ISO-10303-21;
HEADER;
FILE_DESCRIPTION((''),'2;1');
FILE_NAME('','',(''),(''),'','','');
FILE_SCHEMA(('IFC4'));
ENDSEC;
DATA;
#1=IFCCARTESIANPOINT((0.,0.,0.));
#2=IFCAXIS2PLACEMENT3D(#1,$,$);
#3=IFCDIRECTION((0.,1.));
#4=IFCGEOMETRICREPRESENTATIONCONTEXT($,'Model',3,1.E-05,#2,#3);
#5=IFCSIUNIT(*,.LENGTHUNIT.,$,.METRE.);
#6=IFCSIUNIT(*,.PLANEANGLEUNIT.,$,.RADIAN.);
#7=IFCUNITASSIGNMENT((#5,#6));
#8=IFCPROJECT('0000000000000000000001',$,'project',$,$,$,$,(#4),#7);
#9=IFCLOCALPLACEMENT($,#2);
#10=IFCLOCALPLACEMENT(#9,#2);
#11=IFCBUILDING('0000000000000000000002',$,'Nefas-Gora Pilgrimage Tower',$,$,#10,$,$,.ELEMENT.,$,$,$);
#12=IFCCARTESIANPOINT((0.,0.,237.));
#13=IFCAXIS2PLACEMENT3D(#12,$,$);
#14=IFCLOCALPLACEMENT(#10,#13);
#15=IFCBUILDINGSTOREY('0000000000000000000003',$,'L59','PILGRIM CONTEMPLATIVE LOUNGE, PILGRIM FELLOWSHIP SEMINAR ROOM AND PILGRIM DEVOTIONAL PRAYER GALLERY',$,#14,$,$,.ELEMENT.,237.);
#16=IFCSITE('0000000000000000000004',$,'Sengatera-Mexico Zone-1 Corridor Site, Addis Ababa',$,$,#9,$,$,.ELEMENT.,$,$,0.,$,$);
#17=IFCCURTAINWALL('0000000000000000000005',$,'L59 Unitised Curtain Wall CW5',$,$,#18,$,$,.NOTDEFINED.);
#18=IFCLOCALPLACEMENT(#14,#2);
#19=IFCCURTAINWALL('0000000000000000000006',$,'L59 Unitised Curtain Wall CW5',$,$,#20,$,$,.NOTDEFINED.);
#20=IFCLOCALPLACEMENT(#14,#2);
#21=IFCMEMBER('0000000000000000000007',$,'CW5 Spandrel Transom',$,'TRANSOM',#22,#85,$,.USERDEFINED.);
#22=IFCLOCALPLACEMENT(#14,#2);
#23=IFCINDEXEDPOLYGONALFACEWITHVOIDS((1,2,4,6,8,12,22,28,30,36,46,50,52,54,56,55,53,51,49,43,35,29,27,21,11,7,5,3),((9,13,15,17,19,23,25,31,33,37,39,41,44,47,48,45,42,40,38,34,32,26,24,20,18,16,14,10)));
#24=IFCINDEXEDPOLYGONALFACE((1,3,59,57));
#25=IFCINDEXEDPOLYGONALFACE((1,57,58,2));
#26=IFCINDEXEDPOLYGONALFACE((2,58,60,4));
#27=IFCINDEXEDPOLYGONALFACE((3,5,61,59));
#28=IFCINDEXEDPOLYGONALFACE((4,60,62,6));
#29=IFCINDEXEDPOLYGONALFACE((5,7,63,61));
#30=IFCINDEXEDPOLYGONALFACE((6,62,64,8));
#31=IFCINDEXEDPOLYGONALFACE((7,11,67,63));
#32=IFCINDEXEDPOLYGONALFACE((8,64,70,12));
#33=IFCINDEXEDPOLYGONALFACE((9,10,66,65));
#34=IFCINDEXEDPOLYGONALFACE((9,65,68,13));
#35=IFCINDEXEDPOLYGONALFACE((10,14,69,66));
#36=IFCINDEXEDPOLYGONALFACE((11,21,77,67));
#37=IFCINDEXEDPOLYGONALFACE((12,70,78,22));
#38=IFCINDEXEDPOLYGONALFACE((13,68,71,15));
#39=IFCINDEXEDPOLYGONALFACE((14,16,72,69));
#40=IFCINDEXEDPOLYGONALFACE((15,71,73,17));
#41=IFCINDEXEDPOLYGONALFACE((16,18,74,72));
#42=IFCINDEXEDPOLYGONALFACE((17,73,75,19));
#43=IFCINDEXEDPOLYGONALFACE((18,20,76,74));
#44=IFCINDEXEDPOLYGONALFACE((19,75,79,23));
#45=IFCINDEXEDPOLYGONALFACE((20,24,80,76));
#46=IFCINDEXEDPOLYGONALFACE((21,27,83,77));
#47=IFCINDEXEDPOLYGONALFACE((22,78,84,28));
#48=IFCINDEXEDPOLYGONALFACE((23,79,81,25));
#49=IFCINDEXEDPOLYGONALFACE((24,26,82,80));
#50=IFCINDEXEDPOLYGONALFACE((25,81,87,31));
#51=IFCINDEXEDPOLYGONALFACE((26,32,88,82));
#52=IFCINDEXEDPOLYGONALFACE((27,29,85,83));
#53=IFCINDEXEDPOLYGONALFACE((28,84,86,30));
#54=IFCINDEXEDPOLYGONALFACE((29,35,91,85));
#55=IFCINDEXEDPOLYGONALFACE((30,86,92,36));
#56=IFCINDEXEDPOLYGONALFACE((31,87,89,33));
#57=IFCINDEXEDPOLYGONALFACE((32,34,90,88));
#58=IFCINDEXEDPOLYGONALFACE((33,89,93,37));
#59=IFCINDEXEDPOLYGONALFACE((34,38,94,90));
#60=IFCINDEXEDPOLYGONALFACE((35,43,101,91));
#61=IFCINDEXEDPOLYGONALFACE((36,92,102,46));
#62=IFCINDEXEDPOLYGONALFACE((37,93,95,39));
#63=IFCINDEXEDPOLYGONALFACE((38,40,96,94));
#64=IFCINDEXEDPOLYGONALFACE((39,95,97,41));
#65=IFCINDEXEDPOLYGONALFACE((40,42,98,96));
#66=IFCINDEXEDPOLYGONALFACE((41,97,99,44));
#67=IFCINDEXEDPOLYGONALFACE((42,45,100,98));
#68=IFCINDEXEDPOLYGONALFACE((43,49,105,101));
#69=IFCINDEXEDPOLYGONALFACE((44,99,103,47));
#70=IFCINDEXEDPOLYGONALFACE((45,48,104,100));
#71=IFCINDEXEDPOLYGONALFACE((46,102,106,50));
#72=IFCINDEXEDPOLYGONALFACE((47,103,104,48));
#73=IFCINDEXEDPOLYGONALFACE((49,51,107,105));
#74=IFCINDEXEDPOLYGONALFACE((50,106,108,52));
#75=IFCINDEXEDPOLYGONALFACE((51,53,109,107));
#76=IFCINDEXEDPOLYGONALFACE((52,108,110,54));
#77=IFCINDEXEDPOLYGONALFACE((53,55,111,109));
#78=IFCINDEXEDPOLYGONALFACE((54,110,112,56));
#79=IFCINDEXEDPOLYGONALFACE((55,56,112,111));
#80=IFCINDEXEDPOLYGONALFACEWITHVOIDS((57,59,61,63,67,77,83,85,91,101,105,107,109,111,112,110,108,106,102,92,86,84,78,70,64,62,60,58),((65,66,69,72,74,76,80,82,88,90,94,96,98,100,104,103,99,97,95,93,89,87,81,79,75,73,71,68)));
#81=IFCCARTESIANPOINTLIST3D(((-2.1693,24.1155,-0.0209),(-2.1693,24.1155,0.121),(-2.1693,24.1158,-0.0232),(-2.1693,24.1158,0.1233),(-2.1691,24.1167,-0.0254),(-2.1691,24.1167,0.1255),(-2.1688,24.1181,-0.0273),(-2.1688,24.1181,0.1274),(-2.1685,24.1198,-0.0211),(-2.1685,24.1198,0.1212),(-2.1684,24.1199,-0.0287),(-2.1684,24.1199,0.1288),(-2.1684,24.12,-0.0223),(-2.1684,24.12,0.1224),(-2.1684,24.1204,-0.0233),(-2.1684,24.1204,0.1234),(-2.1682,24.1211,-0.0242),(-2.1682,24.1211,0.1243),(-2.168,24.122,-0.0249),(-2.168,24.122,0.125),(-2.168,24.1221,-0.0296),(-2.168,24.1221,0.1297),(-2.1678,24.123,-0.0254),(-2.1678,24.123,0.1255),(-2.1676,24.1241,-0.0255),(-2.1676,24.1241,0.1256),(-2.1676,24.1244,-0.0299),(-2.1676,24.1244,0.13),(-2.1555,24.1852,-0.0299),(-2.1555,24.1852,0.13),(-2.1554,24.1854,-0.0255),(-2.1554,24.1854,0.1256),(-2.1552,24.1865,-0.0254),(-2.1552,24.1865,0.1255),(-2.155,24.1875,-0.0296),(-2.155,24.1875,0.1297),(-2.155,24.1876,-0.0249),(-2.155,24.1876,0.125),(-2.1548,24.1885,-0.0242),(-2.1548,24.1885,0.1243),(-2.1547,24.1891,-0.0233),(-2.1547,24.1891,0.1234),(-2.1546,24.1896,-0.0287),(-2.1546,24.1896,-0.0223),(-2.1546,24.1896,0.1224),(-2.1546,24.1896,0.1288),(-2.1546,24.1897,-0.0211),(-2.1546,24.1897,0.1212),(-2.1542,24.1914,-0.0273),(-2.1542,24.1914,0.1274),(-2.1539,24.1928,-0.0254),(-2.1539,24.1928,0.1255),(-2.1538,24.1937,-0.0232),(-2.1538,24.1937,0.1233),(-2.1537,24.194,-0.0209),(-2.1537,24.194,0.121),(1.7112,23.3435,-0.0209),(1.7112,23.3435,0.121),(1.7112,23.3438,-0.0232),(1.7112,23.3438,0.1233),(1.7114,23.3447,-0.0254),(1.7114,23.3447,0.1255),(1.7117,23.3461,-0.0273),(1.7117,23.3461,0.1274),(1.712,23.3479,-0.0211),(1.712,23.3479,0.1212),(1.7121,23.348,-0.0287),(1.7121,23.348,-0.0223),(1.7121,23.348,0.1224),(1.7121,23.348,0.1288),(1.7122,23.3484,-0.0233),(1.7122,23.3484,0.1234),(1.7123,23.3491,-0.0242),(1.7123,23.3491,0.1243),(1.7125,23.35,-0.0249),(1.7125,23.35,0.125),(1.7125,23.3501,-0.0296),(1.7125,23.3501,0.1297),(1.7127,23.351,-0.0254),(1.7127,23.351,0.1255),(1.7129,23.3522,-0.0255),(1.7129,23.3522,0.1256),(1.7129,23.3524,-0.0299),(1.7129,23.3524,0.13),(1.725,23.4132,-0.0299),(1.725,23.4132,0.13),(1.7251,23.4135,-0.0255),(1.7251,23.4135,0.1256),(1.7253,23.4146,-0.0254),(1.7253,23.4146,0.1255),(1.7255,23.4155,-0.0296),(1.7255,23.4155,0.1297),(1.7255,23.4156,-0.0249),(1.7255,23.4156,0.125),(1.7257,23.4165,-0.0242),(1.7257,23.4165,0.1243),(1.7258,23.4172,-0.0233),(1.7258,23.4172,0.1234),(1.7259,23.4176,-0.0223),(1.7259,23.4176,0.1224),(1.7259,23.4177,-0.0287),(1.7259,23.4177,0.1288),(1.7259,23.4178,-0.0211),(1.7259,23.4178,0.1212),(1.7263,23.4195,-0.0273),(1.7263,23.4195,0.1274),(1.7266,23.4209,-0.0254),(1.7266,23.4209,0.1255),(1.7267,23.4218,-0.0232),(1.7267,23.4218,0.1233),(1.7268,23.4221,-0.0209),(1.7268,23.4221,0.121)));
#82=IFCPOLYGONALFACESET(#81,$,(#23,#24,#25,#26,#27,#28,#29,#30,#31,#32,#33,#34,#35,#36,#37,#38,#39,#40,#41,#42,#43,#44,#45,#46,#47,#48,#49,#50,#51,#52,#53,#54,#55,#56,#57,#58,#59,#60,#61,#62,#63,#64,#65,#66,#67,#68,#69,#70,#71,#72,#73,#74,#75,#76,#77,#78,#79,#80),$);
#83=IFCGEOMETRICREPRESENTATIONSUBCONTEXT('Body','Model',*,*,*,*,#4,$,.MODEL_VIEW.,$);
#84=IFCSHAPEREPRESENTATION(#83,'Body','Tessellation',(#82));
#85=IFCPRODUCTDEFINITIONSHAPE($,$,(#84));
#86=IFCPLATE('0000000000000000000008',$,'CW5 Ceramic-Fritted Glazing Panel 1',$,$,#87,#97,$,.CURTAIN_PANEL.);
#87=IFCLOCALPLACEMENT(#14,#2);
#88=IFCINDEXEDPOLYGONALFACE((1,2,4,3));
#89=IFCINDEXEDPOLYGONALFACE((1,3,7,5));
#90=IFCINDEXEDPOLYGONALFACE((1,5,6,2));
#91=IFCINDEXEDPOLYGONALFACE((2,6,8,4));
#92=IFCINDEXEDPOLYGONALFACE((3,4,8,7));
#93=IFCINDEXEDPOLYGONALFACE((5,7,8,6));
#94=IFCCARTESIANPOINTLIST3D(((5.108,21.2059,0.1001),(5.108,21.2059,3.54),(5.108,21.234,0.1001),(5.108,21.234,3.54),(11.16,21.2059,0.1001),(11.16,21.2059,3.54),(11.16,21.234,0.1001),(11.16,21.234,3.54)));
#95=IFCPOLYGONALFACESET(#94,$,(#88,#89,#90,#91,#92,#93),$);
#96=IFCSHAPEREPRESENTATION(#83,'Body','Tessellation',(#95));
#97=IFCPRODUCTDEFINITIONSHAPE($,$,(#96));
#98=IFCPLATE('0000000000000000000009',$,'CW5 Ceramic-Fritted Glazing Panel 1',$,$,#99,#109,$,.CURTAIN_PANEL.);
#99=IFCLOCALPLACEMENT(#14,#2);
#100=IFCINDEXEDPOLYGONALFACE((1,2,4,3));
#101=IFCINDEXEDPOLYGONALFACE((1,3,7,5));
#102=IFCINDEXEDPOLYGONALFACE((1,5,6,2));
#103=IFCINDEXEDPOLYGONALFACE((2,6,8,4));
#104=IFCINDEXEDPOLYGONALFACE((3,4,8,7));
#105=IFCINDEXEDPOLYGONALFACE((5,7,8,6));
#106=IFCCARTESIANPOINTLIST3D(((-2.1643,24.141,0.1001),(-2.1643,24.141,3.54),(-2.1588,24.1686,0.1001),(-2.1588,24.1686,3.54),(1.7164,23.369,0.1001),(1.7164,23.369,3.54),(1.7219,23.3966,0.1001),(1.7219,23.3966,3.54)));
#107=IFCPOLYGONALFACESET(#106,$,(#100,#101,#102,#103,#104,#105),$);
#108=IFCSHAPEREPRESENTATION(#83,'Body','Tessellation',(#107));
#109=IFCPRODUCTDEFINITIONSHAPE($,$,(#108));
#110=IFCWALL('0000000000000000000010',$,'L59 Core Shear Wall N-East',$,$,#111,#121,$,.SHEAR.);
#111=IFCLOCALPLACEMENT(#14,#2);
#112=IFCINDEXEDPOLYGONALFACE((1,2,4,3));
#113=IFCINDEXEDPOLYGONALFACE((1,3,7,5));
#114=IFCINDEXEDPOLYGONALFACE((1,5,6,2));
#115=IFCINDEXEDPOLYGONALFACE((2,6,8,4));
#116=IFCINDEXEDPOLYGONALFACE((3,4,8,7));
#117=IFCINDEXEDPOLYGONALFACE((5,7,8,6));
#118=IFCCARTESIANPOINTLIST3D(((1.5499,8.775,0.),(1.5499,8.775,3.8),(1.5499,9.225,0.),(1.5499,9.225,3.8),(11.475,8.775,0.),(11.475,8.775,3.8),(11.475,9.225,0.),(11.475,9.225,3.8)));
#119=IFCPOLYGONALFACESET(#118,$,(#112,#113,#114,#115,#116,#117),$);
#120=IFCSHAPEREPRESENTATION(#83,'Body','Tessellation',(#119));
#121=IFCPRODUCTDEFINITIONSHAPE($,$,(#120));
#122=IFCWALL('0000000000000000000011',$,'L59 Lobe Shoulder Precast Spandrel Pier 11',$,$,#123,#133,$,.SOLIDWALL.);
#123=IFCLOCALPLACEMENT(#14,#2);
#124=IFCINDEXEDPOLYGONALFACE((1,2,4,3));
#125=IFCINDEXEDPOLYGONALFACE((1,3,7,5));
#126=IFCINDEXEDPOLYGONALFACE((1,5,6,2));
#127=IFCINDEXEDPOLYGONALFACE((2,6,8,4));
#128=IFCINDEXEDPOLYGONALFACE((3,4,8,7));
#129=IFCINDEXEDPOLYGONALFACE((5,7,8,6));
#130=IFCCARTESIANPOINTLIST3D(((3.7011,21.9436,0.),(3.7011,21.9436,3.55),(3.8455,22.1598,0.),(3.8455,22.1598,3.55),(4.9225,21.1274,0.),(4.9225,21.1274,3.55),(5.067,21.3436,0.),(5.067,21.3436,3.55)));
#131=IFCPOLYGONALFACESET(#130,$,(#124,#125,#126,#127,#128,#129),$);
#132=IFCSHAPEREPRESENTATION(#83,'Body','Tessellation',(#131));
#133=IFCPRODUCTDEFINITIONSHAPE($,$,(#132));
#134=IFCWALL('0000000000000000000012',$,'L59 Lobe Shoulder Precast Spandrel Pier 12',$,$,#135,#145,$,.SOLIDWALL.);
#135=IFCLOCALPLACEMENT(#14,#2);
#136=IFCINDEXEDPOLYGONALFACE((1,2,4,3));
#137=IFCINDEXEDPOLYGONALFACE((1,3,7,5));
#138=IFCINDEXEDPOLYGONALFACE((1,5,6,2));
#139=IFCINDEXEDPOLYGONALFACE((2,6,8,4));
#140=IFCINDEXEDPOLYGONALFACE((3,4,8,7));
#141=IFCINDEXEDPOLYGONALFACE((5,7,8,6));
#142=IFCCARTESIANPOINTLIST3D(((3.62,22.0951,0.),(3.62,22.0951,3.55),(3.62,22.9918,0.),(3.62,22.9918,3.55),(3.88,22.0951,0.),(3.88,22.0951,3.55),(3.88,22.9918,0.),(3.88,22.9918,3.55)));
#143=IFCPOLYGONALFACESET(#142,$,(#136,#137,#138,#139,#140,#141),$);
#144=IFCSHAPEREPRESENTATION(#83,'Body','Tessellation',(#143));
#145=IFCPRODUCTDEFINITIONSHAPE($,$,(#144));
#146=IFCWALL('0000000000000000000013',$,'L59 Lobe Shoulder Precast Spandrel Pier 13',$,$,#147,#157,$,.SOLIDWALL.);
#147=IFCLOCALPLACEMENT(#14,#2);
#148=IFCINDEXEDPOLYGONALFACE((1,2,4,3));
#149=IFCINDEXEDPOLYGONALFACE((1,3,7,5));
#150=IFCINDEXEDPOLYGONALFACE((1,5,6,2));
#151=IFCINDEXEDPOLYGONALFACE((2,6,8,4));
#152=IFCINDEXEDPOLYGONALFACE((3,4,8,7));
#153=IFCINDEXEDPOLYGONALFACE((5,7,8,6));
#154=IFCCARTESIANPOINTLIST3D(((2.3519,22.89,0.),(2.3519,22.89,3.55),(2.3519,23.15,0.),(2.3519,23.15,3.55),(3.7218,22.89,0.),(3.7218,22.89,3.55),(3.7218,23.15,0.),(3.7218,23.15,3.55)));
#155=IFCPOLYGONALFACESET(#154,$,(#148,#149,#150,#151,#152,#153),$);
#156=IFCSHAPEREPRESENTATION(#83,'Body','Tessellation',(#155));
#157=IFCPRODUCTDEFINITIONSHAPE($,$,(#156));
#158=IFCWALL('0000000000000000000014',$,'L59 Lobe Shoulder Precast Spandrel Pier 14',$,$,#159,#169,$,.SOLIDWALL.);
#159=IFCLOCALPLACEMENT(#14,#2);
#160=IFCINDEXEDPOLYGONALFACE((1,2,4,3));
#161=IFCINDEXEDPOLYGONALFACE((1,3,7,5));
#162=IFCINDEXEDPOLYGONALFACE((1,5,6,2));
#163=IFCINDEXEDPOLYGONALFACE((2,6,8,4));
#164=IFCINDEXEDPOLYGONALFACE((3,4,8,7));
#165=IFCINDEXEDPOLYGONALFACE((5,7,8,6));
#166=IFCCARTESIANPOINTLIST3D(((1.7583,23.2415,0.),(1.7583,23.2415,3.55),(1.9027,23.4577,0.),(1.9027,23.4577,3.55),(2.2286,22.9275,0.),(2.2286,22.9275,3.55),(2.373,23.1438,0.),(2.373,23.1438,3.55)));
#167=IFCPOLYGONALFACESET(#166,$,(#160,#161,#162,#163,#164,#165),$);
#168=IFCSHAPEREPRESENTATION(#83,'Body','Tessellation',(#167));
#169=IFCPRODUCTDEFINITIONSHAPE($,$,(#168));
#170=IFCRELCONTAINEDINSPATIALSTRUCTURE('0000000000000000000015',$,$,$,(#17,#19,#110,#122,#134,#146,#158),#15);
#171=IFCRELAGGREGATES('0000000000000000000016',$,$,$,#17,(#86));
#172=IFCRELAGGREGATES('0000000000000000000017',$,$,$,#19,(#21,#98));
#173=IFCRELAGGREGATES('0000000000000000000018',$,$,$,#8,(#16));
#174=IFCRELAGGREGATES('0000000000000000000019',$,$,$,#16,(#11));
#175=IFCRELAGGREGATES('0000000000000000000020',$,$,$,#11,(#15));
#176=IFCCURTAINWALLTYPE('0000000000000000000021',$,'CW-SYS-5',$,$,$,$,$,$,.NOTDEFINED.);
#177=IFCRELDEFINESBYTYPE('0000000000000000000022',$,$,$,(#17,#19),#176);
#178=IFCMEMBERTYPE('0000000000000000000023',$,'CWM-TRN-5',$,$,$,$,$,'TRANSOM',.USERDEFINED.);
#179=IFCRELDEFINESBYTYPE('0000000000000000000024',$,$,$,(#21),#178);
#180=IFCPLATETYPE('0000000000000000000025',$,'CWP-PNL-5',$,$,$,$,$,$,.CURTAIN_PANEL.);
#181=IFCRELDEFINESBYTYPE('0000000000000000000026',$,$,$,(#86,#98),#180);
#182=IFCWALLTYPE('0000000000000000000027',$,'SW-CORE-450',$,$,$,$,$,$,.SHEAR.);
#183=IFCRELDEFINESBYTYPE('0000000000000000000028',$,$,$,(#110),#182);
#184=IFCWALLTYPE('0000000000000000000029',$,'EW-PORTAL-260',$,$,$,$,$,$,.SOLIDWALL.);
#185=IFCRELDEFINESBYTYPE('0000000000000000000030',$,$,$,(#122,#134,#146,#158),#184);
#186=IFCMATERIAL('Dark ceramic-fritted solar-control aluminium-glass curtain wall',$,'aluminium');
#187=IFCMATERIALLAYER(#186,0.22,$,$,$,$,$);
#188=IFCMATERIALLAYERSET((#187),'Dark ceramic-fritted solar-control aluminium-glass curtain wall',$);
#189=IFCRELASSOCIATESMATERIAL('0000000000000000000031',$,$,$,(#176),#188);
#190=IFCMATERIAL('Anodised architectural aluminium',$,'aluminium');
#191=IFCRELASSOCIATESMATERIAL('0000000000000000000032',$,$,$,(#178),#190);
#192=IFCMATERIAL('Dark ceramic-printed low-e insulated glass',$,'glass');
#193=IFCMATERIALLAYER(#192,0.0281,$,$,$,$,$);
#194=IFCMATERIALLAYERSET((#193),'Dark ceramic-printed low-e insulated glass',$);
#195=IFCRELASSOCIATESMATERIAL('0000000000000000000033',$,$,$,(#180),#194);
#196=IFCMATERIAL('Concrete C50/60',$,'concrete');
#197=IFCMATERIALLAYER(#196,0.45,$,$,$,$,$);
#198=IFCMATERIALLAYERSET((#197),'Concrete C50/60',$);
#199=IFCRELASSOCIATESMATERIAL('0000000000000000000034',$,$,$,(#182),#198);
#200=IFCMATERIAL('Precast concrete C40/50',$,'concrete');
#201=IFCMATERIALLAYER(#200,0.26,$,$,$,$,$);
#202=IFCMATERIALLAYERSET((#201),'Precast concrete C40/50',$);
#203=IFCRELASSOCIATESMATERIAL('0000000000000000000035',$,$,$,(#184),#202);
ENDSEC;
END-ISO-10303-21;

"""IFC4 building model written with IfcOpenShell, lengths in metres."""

from ifc_helpers import new_model, si_unit, direction, frame, frame_2d, origin, origin_2d, place, context, subcontext, project, spatial, rectangle, hollow_rectangle, extrude, source, transform, mapped, material, layer, layer_set, material_profile, profile_set, type_object, element, aggregate, save


model = new_model("IFC4")

# Units and contexts
model_context = context("Model", 3, precision=1e-05, world=origin(), true_north=direction((0.0, 1.0)))
body_context = subcontext(model_context, "Body", "Model", "MODEL_VIEW")
ifc_project = project(units=[si_unit("LENGTHUNIT", "METRE"), si_unit("PLANEANGLEUNIT", "RADIAN")], contexts=[model_context])

# Site, building, storey
site_placement = place(None, origin())
site = spatial("IfcSite", under=ifc_project, at=site_placement, Name="Sengatera-Mexico Zone-1 Corridor Site, Addis Ababa", CompositionType="ELEMENT", RefElevation=0.0)
building_placement = place(site_placement, origin())
building = spatial("IfcBuilding", under=site, at=building_placement, Name="Nefas-Gora Pilgrimage Tower", CompositionType="ELEMENT")
storey_placement = place(building_placement, frame((0.0, 0.0, 237.0)))
storey = spatial("IfcBuildingStorey", under=building, at=storey_placement, Name="L59", Description="PILGRIM CONTEMPLATIVE LOUNGE, PILGRIM FELLOWSHIP SEMINAR ROOM AND PILGRIM DEVOTIONAL PRAYER GALLERY", CompositionType="ELEMENT", Elevation=237.0)

# Curtain wall
ifc_material_1 = material(Name="Dark ceramic-fritted solar-control aluminium-glass curtain wall", Category="aluminium")
ifc_layer_1 = layer(ifc_material_1, 0.22)
ifc_layer_set_1 = layer_set([ifc_layer_1], Name="Dark ceramic-fritted solar-control aluminium-glass curtain wall")
curtain_wall_type = type_object("IfcCurtainWallType", Name="CW-SYS-5", PredefinedType="NOTDEFINED", material=ifc_layer_set_1)
curtain_wall_1_placement = place(storey_placement, origin())
curtain_wall_1 = element("IfcCurtainWall", 1, at=curtain_wall_1_placement, inside=storey, type_object=curtain_wall_type, Name="L59 Unitised Curtain Wall CW5", PredefinedType="NOTDEFINED")
ifc_material_2 = material(Name="Anodised architectural aluminium", Category="aluminium")

# Curtain wall
curtain_wall_2_placement = place(storey_placement, origin())
curtain_wall_2 = element("IfcCurtainWall", 2, at=curtain_wall_2_placement, inside=storey, type_object=curtain_wall_type, Name="L59 Unitised Curtain Wall CW5", PredefinedType="NOTDEFINED")

# Member
ifc_material_profile_1 = material_profile(ifc_material_2, hollow_rectangle(XDim=0.0801, YDim=0.1599, WallThickness=0.0044, InnerFilletRadius=0.0044, OuterFilletRadius=0.009, at=origin_2d()), Name="ALU TRANSOM 80x160")
ifc_profile_set_1 = profile_set([ifc_material_profile_1], Name="Anodised architectural aluminium")
member_type_1 = type_object("IfcMemberType", Name="CWM-TRN-5", ElementType="TRANSOM", PredefinedType="USERDEFINED", material=ifc_profile_set_1)
shared_shape_1 = source(origin(), body_context, "Body", "SweptSolid", [
    extrude(hollow_rectangle(XDim=0.0801, YDim=0.1599, WallThickness=0.0044, InnerFilletRadius=0.0044, OuterFilletRadius=0.009, at=origin_2d()), origin(), (0.0, 0.0, 1.0), 3.9565),
])
member_1_placement = place(storey_placement, frame((1.719, 23.3828, 0.05), z_axis=(-0.980782, 0.195107, 0.0), x_axis=(-0.195107, -0.980782, 0.0)))
member_1 = element("IfcMember", 3, at=member_1_placement, type_object=member_type_1, Name="CW5 Spandrel Transom", ObjectType="TRANSOM", PredefinedType="USERDEFINED", context=body_context, shape_type="MappedRepresentation", body=[
    mapped(shared_shape_1, transform((0.0, 0.0, 0.0), x_axis=(1.0, 0.0, 0.0), y_axis=(0.0, 1.0, 0.0), z_axis=(0.0, 0.0, 1.0), scale=1.0)),
])

# Plates
ifc_material_3 = material(Name="Dark ceramic-printed low-e insulated glass", Category="glass")
ifc_layer_2 = layer(ifc_material_3, 0.0281)
ifc_layer_set_2 = layer_set([ifc_layer_2], Name="Dark ceramic-printed low-e insulated glass")
plate_type = type_object("IfcPlateType", Name="CWP-PNL-5", PredefinedType="CURTAIN_PANEL", material=ifc_layer_set_2)
shared_shape_2 = source(origin(), body_context, "Body", "SweptSolid", [
    extrude(rectangle(XDim=6.052, YDim=0.0281, at=origin_2d()), origin(), (0.0, 0.0, 1.0), 3.4399),
])
plate_1_placement = place(storey_placement, frame((8.134, 21.22, 0.1001), z_axis=(0.0, 0.0, 1.0), x_axis=(-1.0, 0.0, 0.0)))
plate_1 = element("IfcPlate", 4, at=plate_1_placement, type_object=plate_type, Name="CW5 Ceramic-Fritted Glazing Panel 1", PredefinedType="CURTAIN_PANEL", context=body_context, shape_type="MappedRepresentation", body=[
    mapped(shared_shape_2, transform((0.0, 0.0, 0.0), x_axis=(1.0, 0.0, 0.0), y_axis=(0.0, 1.0, 0.0), z_axis=(0.0, 0.0, 1.0), scale=1.0)),
])
aggregate(curtain_wall_1, [plate_1])
shared_shape_3 = source(origin(), body_context, "Body", "SweptSolid", [
    extrude(rectangle(XDim=3.9568, YDim=0.0281, at=origin_2d()), origin(), (0.0, 0.0, 1.0), 3.4399),
])
plate_2_placement = place(storey_placement, frame((-0.2212, 23.7688, 0.1001), z_axis=(0.0, 0.0, 1.0), x_axis=(-0.980783, 0.195102, 0.0)))
plate_2 = element("IfcPlate", 5, at=plate_2_placement, type_object=plate_type, Name="CW5 Ceramic-Fritted Glazing Panel 1", PredefinedType="CURTAIN_PANEL", context=body_context, shape_type="MappedRepresentation", body=[
    mapped(shared_shape_3, transform((0.0, 0.0, 0.0), x_axis=(1.0, 0.0, 0.0), y_axis=(0.0, 1.0, 0.0), z_axis=(0.0, 0.0, 1.0), scale=1.0)),
])
aggregate(curtain_wall_2, [member_1, plate_2])

# Walls
ifc_material_4 = material(Name="Concrete C50/60", Category="concrete")
ifc_layer_3 = layer(ifc_material_4, 0.45)
ifc_layer_set_3 = layer_set([ifc_layer_3], Name="Concrete C50/60")
wall_type_1 = type_object("IfcWallType", Name="SW-CORE-450", PredefinedType="SHEAR", material=ifc_layer_set_3)
shared_shape_4 = source(origin(), body_context, "Body", "SweptSolid", [
    extrude(rectangle(XDim=9.925, YDim=0.45, at=frame_2d((4.9624, 0.0))), origin(), (0.0, 0.0, 1.0), 3.8),
])
wall_1_placement = place(storey_placement, frame((1.55, 9.0, 0.0), z_axis=(0.0, 0.0, 1.0), x_axis=(1.0, 0.0, 0.0)))
element("IfcWall", 6, at=wall_1_placement, inside=storey, type_object=wall_type_1, Name="L59 Core Shear Wall N-East", PredefinedType="SHEAR", context=body_context, shape_type="MappedRepresentation", body=[
    mapped(shared_shape_4, transform((0.0, 0.0, 0.0), x_axis=(1.0, 0.0, 0.0), y_axis=(0.0, 1.0, 0.0), z_axis=(0.0, 0.0, 1.0), scale=1.0)),
])
ifc_material_5 = material(Name="Precast concrete C40/50", Category="concrete")
ifc_layer_4 = layer(ifc_material_5, 0.26)
ifc_layer_set_4 = layer_set([ifc_layer_4], Name="Precast concrete C40/50")
wall_type_2 = type_object("IfcWallType", Name="EW-PORTAL-260", PredefinedType="SOLIDWALL", material=ifc_layer_set_4)
shared_shape_5 = source(origin(), body_context, "Body", "SweptSolid", [
    extrude(rectangle(XDim=1.469, YDim=0.26, at=frame_2d((0.7344, 0.0))), origin(), (0.0, 0.0, 1.0), 3.55),
])
wall_2_placement = place(storey_placement, frame((4.9946, 21.2356, 0.0), z_axis=(0.0, 0.0, 1.0), x_axis=(-0.831462, 0.555582, 0.0)))
element("IfcWall", 7, at=wall_2_placement, inside=storey, type_object=wall_type_2, Name="L59 Lobe Shoulder Precast Spandrel Pier 11", PredefinedType="SOLIDWALL", context=body_context, shape_type="MappedRepresentation", body=[
    mapped(shared_shape_5, transform((0.0, 0.0, 0.0), x_axis=(1.0, 0.0, 0.0), y_axis=(0.0, 1.0, 0.0), z_axis=(0.0, 0.0, 1.0), scale=1.0)),
])
shared_shape_6 = source(origin(), body_context, "Body", "SweptSolid", [
    extrude(rectangle(XDim=0.8967, YDim=0.26, at=frame_2d((0.4482, 0.0))), origin(), (0.0, 0.0, 1.0), 3.55),
])
wall_3_placement = place(storey_placement, frame((3.75, 22.0952, 0.0), z_axis=(0.0, 0.0, 1.0), x_axis=(0.0, 1.0, 0.0)))
element("IfcWall", 8, at=wall_3_placement, inside=storey, type_object=wall_type_2, Name="L59 Lobe Shoulder Precast Spandrel Pier 12", PredefinedType="SOLIDWALL", context=body_context, shape_type="MappedRepresentation", body=[
    mapped(shared_shape_6, transform((0.0, 0.0, 0.0), x_axis=(1.0, 0.0, 0.0), y_axis=(0.0, 1.0, 0.0), z_axis=(0.0, 0.0, 1.0), scale=1.0)),
])
shared_shape_7 = source(origin(), body_context, "Body", "SweptSolid", [
    extrude(rectangle(XDim=1.3699, YDim=0.26, at=frame_2d((0.6851, 0.0))), origin(), (0.0, 0.0, 1.0), 3.55),
])
wall_4_placement = place(storey_placement, frame((3.7219, 23.02, 0.0), z_axis=(0.0, 0.0, 1.0), x_axis=(-1.0, 0.0, 0.0)))
element("IfcWall", 9, at=wall_4_placement, inside=storey, type_object=wall_type_2, Name="L59 Lobe Shoulder Precast Spandrel Pier 13", PredefinedType="SOLIDWALL", context=body_context, shape_type="MappedRepresentation", body=[
    mapped(shared_shape_7, transform((0.0, 0.0, 0.0), x_axis=(1.0, 0.0, 0.0), y_axis=(0.0, 1.0, 0.0), z_axis=(0.0, 0.0, 1.0), scale=1.0)),
])
shared_shape_8 = source(origin(), body_context, "Body", "SweptSolid", [
    extrude(rectangle(XDim=0.5654, YDim=0.26, at=frame_2d((0.2827, 0.0))), origin(), (0.0, 0.0, 1.0), 3.55),
])
wall_5_placement = place(storey_placement, frame((2.3008, 23.0356, 0.0), z_axis=(0.0, 0.0, 1.0), x_axis=(-0.831651, 0.555298, 0.0)))
element("IfcWall", 10, at=wall_5_placement, inside=storey, type_object=wall_type_2, Name="L59 Lobe Shoulder Precast Spandrel Pier 14", PredefinedType="SOLIDWALL", context=body_context, shape_type="MappedRepresentation", body=[
    mapped(shared_shape_8, transform((0.0, 0.0, 0.0), x_axis=(1.0, 0.0, 0.0), y_axis=(0.0, 1.0, 0.0), z_axis=(0.0, 0.0, 1.0), scale=1.0)),
])

save(model, "model.ifc")
